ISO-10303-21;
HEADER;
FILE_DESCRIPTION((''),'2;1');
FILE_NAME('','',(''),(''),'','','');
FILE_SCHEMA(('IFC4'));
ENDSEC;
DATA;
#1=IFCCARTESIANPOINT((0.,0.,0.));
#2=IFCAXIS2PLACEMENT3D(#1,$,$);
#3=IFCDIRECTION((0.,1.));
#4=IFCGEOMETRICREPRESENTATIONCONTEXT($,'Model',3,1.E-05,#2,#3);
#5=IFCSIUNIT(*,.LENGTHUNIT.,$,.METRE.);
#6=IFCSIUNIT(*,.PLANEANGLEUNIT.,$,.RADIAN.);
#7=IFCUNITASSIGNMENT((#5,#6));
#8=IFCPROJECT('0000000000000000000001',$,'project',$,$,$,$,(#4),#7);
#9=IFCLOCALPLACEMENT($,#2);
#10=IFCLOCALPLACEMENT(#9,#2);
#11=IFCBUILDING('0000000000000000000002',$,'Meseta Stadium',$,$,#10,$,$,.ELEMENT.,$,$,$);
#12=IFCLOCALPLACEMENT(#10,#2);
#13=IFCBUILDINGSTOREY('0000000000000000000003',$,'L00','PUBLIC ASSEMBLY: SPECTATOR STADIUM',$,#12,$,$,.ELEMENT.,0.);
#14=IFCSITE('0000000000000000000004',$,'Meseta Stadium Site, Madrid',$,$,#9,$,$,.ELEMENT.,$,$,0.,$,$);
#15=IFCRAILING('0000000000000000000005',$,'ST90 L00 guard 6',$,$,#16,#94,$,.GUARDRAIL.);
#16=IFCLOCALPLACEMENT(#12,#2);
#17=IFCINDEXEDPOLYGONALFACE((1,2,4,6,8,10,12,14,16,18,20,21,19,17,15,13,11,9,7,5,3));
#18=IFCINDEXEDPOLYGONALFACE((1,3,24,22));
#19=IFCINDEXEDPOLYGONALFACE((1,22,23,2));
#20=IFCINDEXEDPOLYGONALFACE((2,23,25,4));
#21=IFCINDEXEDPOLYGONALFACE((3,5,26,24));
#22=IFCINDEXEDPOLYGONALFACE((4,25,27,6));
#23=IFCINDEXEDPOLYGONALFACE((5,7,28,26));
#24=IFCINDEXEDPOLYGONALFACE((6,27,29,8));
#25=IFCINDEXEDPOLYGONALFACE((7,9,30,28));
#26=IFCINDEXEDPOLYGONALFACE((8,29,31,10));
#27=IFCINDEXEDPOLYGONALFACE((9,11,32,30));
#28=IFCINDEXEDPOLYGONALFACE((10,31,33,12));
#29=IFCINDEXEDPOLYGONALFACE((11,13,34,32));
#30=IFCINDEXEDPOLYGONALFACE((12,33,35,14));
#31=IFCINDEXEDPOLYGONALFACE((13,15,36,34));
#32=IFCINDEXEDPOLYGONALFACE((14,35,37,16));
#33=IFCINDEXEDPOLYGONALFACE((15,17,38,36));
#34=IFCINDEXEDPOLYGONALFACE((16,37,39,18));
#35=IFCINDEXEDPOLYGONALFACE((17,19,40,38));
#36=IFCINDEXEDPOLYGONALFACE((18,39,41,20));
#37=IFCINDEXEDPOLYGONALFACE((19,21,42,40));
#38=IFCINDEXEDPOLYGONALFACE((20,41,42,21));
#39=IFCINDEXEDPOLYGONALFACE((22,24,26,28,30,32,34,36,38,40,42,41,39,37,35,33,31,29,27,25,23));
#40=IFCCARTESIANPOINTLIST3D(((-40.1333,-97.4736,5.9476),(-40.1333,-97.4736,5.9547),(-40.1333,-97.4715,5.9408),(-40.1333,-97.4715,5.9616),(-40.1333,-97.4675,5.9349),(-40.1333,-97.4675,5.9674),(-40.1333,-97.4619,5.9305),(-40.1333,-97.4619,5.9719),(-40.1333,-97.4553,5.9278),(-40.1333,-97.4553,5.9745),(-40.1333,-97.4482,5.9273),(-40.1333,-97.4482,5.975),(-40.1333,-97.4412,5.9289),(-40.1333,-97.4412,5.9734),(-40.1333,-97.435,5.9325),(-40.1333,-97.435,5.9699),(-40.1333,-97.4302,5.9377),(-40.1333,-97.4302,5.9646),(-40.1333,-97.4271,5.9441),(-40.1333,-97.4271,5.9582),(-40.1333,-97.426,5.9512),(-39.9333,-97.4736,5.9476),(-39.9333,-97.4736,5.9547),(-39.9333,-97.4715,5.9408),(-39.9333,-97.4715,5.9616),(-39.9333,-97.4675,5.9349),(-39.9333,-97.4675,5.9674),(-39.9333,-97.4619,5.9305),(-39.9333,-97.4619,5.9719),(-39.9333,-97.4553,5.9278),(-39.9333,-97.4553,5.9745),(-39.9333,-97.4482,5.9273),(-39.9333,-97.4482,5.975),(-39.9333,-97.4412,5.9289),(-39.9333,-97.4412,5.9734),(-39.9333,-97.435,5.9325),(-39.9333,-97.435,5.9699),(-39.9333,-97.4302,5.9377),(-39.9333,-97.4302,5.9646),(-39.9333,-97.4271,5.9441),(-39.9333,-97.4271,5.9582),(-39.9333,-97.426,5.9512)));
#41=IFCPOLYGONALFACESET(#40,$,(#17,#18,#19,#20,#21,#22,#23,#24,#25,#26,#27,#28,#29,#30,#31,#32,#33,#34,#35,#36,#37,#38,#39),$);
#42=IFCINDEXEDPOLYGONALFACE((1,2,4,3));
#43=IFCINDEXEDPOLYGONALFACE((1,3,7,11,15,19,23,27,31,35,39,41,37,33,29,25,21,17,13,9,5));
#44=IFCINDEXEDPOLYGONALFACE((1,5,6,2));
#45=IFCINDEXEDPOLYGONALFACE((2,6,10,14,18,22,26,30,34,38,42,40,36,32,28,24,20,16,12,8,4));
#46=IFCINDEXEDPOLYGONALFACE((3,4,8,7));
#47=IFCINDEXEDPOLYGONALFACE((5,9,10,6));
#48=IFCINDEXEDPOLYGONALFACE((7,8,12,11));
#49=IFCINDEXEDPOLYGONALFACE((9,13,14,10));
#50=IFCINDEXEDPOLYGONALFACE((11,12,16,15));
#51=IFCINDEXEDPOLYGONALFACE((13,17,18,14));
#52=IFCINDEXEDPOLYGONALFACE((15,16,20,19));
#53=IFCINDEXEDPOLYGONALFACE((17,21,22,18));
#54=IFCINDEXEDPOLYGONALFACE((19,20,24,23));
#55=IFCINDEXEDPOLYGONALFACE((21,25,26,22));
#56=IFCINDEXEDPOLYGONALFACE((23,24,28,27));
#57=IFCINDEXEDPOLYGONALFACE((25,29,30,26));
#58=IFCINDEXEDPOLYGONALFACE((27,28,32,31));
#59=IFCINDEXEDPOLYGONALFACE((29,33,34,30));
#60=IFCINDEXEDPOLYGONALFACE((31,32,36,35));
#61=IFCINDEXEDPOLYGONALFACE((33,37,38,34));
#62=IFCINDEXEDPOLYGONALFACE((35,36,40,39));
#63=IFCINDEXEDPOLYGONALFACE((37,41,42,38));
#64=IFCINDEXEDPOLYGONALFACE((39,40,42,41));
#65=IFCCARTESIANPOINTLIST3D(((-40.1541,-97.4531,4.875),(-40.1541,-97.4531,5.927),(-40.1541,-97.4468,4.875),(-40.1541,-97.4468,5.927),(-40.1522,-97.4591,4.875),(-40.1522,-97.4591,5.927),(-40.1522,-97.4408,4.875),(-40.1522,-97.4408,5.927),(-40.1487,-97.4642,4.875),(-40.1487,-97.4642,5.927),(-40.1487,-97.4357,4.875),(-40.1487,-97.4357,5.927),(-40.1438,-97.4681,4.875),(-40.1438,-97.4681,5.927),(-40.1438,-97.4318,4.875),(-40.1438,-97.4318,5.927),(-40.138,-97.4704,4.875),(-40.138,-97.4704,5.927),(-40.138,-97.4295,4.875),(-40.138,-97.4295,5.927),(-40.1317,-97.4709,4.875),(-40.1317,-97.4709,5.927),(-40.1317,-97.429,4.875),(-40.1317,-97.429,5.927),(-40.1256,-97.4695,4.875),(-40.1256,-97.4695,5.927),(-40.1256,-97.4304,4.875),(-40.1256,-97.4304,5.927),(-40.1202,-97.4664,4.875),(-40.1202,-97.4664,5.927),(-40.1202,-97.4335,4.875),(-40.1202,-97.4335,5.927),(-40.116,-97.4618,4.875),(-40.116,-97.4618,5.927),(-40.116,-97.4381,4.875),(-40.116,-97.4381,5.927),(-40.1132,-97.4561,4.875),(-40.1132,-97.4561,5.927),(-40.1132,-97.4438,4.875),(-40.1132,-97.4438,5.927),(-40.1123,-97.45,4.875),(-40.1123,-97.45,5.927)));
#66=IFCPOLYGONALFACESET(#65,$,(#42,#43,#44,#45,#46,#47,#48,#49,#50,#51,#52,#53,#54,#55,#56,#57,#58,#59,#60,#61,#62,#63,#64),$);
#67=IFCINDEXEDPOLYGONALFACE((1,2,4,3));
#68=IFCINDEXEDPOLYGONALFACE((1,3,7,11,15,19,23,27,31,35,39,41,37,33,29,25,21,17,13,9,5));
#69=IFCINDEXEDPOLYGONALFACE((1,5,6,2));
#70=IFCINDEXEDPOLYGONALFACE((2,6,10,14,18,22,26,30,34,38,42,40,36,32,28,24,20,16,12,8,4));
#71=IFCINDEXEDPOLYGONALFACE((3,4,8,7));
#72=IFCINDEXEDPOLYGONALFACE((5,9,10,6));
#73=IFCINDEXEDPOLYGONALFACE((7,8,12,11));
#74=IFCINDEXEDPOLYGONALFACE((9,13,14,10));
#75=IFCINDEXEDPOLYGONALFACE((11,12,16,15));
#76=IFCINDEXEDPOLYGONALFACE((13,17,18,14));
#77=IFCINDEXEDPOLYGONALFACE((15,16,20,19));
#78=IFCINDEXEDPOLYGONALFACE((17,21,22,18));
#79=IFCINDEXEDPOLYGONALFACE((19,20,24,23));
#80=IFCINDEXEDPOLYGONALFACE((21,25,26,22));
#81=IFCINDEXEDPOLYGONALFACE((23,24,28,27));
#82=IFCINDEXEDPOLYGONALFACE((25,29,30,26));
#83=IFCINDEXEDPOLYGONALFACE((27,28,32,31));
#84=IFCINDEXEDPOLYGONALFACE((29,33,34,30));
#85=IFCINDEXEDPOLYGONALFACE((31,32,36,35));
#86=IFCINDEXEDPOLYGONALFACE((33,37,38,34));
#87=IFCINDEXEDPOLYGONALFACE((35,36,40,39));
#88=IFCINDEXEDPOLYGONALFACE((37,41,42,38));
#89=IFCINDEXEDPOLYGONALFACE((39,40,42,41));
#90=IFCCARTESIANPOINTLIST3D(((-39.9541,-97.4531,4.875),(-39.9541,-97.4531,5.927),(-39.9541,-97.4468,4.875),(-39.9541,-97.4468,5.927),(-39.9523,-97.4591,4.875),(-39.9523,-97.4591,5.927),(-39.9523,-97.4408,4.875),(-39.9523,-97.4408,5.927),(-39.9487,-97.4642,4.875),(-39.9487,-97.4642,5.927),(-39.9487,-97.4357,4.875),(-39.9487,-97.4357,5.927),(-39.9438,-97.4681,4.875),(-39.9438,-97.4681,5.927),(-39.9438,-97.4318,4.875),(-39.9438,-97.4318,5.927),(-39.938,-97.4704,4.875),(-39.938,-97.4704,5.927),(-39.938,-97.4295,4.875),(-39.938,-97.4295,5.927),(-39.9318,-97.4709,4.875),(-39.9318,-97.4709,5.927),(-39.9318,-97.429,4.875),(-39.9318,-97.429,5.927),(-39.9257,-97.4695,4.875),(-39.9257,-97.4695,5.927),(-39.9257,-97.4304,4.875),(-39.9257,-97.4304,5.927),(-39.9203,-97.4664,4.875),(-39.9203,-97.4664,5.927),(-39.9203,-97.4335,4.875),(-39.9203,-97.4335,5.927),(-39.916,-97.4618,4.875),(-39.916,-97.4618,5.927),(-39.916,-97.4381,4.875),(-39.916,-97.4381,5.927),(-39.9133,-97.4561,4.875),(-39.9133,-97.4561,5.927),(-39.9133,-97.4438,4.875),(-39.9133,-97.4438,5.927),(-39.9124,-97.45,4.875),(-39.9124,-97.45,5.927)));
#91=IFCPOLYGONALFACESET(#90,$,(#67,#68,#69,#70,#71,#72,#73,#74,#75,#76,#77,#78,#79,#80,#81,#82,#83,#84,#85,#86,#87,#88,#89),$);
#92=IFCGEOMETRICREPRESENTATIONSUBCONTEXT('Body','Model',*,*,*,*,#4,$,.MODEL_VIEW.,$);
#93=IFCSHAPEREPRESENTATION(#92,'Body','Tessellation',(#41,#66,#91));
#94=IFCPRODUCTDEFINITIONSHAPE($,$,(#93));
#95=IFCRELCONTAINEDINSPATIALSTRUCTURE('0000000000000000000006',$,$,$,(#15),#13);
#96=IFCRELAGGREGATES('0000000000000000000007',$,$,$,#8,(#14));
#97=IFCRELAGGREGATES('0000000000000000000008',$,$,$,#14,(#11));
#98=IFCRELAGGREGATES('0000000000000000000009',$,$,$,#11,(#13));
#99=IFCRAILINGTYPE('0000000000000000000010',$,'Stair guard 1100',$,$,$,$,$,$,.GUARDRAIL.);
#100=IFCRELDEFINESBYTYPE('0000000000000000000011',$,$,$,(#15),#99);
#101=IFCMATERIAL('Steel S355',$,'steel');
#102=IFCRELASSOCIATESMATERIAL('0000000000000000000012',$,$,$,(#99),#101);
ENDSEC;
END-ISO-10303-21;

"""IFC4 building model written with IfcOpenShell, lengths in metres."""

from ifc_helpers import new_model, si_unit, direction, frame, origin, origin_2d, place, context, subcontext, project, spatial, circle, extrude, material, type_object, element, save


model = new_model("IFC4")

# Units and contexts
model_context = context("Model", 3, precision=1e-05, world=origin(), true_north=direction((0.0, 1.0)))
body_context = subcontext(model_context, "Body", "Model", "MODEL_VIEW")
ifc_project = project(units=[si_unit("LENGTHUNIT", "METRE"), si_unit("PLANEANGLEUNIT", "RADIAN")], contexts=[model_context])

# Site, building, storey
site_placement = place(None, origin())
site = spatial("IfcSite", under=ifc_project, at=site_placement, Name="Meseta Stadium Site, Madrid", CompositionType="ELEMENT", RefElevation=0.0)
building_placement = place(site_placement, origin())
building = spatial("IfcBuilding", under=site, at=building_placement, Name="Meseta Stadium", CompositionType="ELEMENT")
storey_placement = place(building_placement, origin())
storey = spatial("IfcBuildingStorey", under=building, at=storey_placement, Name="L00", Description="PUBLIC ASSEMBLY: SPECTATOR STADIUM", CompositionType="ELEMENT", Elevation=0.0)

# Railing
ifc_material_1 = material(Name="Steel S355", Category="steel")
railing_type_1 = type_object("IfcRailingType", Name="Stair guard 1100", PredefinedType="GUARDRAIL", material=ifc_material_1)
railing_1_placement = place(storey_placement, frame((-40.1333, -97.45, 4.875)))
element("IfcRailing", 1, at=railing_1_placement, inside=storey, type_object=railing_type_1, Name="ST90 L00 guard 6", PredefinedType="GUARDRAIL", context=body_context, shape_type="SweptSolid", body=[
    extrude(circle(Radius=0.0239, at=origin_2d()), frame((0.0, 0.0, 1.0762), z_axis=(1.0, 0.0, 0.0), x_axis=(0.0, 1.0, 0.0)), (0.0, 0.0, 1.0), 0.2),
    extrude(circle(Radius=0.021, at=origin_2d()), origin(), (0.0, 0.0, 1.0), 1.052),
    extrude(circle(Radius=0.021, at=origin_2d()), frame((0.2, 0.0, 0.0)), (0.0, 0.0, 1.0), 1.052),
])

save(model, "model.ifc")
